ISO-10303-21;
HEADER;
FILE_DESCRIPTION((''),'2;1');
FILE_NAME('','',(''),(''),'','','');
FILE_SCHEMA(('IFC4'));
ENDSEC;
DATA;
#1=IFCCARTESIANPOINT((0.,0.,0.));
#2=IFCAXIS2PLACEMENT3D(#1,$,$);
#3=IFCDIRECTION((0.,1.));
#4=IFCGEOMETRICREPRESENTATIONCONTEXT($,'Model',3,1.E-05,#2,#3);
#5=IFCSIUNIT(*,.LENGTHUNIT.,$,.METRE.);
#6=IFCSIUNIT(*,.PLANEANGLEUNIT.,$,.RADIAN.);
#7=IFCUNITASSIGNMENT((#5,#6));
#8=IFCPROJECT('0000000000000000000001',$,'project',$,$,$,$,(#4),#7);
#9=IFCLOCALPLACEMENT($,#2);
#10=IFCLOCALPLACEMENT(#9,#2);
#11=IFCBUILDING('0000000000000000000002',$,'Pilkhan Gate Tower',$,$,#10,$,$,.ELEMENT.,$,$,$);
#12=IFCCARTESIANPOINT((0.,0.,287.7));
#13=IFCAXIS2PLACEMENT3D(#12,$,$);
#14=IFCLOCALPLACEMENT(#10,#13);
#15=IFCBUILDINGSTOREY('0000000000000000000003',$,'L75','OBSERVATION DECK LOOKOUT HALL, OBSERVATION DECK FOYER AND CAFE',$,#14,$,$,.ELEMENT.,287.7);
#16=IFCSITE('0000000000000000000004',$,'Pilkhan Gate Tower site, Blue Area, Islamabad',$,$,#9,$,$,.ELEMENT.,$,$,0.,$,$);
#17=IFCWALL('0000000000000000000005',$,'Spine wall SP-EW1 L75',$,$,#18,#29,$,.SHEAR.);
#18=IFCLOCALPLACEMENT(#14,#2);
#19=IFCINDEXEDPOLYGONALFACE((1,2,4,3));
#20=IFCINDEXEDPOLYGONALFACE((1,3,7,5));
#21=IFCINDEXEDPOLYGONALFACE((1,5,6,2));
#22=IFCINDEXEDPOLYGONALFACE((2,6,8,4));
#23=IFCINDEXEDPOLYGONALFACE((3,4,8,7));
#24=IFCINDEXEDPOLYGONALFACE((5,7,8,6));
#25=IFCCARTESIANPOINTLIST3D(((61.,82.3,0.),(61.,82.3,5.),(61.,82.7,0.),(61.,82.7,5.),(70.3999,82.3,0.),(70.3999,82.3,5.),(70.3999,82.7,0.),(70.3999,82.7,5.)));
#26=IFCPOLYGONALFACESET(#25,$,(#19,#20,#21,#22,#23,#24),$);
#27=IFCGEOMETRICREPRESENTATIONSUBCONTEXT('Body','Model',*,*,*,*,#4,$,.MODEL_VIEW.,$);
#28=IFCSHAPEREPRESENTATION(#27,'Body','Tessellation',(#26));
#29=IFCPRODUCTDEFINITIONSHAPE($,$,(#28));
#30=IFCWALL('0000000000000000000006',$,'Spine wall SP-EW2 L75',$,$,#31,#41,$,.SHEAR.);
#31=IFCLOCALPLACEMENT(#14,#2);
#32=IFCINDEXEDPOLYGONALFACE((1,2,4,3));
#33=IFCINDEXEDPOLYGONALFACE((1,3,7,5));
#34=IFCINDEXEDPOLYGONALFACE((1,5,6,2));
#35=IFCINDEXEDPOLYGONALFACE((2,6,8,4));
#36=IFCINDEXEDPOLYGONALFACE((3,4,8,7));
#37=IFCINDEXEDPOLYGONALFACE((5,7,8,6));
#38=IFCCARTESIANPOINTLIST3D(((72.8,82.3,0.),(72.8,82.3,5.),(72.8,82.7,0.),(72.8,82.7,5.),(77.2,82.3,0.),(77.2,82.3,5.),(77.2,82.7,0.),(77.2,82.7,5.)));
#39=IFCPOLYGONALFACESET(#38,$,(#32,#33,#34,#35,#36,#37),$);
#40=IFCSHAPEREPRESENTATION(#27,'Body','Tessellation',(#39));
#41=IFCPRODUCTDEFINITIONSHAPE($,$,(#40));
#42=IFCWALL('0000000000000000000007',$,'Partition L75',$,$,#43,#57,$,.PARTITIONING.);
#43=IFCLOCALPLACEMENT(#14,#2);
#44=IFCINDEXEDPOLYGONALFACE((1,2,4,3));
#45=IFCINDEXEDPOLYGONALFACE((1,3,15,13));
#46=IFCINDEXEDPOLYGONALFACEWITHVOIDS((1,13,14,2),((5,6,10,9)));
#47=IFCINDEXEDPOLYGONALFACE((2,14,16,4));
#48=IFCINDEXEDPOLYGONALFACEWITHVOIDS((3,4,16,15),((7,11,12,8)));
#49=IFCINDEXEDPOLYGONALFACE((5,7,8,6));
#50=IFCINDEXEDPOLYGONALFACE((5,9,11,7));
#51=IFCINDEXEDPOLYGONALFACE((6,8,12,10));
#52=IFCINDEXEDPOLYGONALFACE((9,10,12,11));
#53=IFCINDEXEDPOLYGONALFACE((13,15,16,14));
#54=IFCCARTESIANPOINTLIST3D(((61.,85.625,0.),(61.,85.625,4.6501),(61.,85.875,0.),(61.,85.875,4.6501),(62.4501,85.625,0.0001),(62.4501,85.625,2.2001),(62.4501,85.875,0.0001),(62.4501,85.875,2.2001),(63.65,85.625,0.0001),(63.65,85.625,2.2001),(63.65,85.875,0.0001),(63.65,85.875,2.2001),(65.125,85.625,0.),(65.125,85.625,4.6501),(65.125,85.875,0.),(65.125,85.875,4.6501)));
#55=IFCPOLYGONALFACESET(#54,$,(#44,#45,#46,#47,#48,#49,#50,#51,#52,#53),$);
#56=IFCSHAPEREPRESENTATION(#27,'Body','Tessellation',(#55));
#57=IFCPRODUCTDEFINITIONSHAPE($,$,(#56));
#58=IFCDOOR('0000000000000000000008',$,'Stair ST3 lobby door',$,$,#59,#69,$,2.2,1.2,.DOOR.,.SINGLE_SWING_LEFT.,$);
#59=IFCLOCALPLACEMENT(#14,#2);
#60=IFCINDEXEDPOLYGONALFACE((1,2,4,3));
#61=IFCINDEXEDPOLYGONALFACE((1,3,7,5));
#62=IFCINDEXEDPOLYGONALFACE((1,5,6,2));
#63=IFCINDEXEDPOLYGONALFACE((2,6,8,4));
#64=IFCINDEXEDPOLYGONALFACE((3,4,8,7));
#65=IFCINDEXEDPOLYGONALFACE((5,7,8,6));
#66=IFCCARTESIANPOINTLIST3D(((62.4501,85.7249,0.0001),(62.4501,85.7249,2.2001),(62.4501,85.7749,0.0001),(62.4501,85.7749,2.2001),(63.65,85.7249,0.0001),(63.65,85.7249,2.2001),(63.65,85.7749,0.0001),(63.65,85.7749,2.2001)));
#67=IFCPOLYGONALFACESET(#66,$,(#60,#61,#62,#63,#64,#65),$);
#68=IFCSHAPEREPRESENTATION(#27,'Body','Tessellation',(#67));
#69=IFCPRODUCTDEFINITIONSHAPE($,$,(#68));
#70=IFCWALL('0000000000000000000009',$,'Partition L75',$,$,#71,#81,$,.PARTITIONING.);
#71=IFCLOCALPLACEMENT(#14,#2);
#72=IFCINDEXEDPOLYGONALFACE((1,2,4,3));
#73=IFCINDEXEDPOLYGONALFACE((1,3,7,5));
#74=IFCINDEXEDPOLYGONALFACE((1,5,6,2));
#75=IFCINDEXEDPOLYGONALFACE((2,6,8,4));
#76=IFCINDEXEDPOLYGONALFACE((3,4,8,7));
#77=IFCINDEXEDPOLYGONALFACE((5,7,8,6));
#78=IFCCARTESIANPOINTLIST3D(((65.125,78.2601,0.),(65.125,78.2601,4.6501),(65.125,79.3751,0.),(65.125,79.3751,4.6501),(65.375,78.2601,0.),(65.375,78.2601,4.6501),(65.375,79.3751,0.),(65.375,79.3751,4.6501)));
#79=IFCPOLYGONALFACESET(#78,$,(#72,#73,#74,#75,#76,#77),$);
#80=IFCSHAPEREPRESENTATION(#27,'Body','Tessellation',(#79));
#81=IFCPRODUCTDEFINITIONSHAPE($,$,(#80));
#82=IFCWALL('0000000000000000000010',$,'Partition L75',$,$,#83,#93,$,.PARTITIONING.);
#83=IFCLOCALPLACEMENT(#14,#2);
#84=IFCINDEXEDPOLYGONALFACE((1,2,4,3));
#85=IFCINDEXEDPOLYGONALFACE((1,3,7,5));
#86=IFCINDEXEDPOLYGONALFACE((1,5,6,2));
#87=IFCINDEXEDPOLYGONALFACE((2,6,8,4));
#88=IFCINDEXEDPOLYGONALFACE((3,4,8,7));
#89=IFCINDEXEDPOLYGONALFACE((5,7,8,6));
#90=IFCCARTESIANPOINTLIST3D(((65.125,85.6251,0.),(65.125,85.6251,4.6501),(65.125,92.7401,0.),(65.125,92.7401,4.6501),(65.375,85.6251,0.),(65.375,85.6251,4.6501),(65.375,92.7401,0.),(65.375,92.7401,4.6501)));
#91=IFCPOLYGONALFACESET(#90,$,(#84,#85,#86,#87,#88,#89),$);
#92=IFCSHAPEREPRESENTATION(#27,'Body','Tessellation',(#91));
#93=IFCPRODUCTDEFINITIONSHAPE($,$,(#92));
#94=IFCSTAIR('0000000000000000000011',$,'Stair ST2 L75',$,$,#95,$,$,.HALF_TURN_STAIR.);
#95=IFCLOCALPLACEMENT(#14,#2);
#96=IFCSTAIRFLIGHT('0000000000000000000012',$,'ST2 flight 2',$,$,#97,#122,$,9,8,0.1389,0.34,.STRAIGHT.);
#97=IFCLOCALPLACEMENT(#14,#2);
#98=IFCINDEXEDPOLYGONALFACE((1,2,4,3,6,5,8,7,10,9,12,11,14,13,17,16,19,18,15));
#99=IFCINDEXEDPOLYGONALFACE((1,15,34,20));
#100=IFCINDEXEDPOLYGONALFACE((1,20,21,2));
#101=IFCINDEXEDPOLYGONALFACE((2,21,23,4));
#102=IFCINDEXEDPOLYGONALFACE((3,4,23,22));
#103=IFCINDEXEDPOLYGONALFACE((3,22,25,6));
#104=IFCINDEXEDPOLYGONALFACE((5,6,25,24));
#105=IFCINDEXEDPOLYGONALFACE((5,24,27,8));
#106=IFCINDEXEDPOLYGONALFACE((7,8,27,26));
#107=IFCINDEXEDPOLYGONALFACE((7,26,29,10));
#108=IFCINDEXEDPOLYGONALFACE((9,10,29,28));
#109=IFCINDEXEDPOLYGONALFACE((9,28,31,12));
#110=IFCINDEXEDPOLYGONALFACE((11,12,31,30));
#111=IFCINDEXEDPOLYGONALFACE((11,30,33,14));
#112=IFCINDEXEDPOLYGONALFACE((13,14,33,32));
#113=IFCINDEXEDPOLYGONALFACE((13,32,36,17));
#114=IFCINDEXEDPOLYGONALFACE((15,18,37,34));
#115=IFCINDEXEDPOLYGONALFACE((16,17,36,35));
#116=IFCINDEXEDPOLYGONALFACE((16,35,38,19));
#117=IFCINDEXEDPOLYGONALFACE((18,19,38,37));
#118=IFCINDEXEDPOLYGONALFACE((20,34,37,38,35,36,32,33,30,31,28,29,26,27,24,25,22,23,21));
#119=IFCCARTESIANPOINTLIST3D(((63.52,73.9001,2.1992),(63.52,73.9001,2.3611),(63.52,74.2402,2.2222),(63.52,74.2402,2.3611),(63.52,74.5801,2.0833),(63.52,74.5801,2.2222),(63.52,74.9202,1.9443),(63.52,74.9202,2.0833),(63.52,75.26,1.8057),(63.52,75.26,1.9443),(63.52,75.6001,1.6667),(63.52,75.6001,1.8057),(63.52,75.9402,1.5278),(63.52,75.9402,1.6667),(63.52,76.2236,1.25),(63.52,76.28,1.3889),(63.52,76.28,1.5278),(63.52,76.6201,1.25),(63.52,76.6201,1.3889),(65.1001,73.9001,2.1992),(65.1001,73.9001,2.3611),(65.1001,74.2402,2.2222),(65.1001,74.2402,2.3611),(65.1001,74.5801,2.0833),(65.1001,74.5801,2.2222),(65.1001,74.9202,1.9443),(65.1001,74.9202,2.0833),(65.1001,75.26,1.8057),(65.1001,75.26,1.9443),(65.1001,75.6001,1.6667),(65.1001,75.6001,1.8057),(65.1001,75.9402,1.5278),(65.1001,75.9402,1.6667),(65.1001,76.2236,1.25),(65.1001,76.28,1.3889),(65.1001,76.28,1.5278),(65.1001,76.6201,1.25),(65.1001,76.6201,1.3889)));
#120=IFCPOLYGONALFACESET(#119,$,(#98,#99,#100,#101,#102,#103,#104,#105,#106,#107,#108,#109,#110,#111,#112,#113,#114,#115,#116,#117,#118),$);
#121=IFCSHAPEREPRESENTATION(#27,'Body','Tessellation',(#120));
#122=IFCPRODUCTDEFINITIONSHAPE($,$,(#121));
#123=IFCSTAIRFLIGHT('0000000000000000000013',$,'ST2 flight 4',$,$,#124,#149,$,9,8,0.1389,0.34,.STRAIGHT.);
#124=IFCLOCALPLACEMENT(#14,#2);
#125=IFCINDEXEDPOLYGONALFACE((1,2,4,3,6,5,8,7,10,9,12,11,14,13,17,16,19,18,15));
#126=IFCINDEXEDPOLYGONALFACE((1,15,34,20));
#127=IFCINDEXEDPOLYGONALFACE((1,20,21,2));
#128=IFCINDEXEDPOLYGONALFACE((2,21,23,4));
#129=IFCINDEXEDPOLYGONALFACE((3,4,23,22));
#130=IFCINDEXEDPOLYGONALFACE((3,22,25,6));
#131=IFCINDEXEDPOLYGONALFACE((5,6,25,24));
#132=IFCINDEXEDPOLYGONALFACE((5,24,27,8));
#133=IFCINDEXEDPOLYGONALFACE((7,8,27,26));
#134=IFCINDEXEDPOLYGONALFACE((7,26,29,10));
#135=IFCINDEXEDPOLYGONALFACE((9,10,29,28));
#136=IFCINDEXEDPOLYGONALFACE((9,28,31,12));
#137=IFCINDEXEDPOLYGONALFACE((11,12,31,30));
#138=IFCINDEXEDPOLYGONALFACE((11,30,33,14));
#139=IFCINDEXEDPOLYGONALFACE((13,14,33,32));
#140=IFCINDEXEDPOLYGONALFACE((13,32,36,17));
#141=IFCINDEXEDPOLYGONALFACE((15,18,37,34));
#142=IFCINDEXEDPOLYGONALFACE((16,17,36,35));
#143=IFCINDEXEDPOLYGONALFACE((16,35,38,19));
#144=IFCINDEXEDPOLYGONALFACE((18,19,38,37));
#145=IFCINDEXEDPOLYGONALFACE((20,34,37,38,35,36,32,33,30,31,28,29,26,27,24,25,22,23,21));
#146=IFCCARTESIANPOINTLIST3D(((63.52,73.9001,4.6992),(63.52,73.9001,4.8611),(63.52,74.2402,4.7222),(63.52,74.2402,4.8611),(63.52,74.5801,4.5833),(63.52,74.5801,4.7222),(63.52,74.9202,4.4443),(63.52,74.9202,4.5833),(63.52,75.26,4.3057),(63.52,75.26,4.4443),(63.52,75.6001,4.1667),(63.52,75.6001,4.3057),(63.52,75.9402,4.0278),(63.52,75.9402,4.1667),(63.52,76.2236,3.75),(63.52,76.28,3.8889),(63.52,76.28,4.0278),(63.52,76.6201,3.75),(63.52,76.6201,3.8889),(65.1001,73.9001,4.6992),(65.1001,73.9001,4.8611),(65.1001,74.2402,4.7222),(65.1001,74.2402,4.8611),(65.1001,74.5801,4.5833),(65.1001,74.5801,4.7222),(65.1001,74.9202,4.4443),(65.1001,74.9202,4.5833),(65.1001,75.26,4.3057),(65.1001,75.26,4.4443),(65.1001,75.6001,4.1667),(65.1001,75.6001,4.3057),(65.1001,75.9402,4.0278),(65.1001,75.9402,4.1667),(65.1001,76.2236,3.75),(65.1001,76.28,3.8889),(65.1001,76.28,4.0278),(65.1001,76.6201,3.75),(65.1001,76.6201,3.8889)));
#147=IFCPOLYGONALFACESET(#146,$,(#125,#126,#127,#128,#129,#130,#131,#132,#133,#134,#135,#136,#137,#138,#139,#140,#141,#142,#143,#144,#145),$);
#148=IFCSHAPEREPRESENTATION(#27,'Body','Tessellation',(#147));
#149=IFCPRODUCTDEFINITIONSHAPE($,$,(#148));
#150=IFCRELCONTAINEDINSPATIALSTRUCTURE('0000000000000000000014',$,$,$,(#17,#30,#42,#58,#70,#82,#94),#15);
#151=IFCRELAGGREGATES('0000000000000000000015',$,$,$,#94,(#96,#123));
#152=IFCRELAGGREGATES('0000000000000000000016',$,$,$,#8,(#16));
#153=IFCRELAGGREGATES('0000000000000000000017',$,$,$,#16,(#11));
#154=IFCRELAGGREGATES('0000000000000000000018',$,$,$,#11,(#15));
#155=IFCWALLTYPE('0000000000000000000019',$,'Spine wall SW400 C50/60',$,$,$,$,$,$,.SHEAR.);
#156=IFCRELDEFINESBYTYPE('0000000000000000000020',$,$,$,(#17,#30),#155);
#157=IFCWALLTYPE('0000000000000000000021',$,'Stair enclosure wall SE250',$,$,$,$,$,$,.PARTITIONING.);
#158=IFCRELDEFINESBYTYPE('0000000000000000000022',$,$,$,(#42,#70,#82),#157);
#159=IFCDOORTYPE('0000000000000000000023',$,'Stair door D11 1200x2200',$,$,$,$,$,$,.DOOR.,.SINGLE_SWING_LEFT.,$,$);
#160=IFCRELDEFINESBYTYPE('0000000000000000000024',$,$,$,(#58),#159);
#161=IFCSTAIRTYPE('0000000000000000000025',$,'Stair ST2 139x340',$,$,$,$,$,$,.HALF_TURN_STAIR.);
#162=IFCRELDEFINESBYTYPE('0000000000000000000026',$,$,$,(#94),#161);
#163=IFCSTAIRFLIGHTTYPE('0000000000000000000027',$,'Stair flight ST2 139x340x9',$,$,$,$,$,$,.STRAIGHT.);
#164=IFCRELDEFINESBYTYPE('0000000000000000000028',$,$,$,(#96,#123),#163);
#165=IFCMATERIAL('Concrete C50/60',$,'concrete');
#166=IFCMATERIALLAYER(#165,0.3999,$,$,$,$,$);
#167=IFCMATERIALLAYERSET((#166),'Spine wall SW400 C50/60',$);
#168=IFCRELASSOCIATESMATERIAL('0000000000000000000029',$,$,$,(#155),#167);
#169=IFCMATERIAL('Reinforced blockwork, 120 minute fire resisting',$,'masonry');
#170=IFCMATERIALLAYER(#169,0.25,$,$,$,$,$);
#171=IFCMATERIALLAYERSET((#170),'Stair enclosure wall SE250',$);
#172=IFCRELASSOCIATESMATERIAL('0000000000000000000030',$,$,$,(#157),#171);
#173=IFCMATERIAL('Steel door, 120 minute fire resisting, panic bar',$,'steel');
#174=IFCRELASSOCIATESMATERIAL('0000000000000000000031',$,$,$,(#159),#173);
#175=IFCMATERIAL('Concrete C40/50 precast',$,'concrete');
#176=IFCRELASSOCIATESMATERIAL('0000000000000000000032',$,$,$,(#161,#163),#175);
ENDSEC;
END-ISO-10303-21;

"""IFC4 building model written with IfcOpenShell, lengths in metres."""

from ifc_helpers import new_model, si_unit, direction, frame, frame_2d, origin, place, context, subcontext, project, spatial, polyline, rectangle, outline, extrude, material, layer, layer_set, type_object, element, fill, aggregate, save


model = new_model("IFC4")

# Units and contexts
model_context = context("Model", 3, precision=1e-05, world=origin(), true_north=direction((0.0, 1.0)))
body_context = subcontext(model_context, "Body", "Model", "MODEL_VIEW")
ifc_project = project(units=[si_unit("LENGTHUNIT", "METRE"), si_unit("PLANEANGLEUNIT", "RADIAN")], contexts=[model_context])

# Site, building, storey
site_placement = place(None, origin())
site = spatial("IfcSite", under=ifc_project, at=site_placement, Name="Pilkhan Gate Tower site, Blue Area, Islamabad", CompositionType="ELEMENT", RefElevation=0.0)
building_placement = place(site_placement, origin())
building = spatial("IfcBuilding", under=site, at=building_placement, Name="Pilkhan Gate Tower", CompositionType="ELEMENT")
storey_placement = place(building_placement, frame((0.0, 0.0, 287.7)))
storey = spatial("IfcBuildingStorey", under=building, at=storey_placement, Name="L75", Description="OBSERVATION DECK LOOKOUT HALL, OBSERVATION DECK FOYER AND CAFE", CompositionType="ELEMENT", Elevation=287.7)

# Shared definitions
ifc_material_1 = material(Name="Concrete C50/60", Category="concrete")

# Walls
ifc_layer_1 = layer(ifc_material_1, 0.3999)
ifc_layer_set_1 = layer_set([ifc_layer_1], Name="Spine wall SW400 C50/60")
wall_type_1 = type_object("IfcWallType", Name="Spine wall SW400 C50/60", PredefinedType="SHEAR", material=ifc_layer_set_1)
wall_1_placement = place(storey_placement, frame((61.0, 82.5, 0.0), z_axis=(0.0, 0.0, 1.0), x_axis=(1.0, 0.0, 0.0)))
element("IfcWall", 1, at=wall_1_placement, inside=storey, type_object=wall_type_1, Name="Spine wall SP-EW1 L75", PredefinedType="SHEAR", context=body_context, shape_type="SweptSolid", body=[
    extrude(rectangle(XDim=9.3999, YDim=0.3999, at=frame_2d((4.7, 0.0))), origin(), (0.0, 0.0, 1.0), 5.0),
])
wall_2_placement = place(storey_placement, frame((72.8, 82.5, 0.0), z_axis=(0.0, 0.0, 1.0), x_axis=(1.0, 0.0, 0.0)))
element("IfcWall", 2, at=wall_2_placement, inside=storey, type_object=wall_type_1, Name="Spine wall SP-EW2 L75", PredefinedType="SHEAR", context=body_context, shape_type="SweptSolid", body=[
    extrude(rectangle(XDim=4.3999, YDim=0.3999, at=frame_2d((2.2, 0.0))), origin(), (0.0, 0.0, 1.0), 5.0),
])

# Wall, opening, door
ifc_material_2 = material(Name="Reinforced blockwork, 120 minute fire resisting", Category="masonry")
ifc_layer_2 = layer(ifc_material_2, 0.25)
ifc_layer_set_2 = layer_set([ifc_layer_2], Name="Stair enclosure wall SE250")
wall_type_2 = type_object("IfcWallType", Name="Stair enclosure wall SE250", PredefinedType="PARTITIONING", material=ifc_layer_set_2)
wall_3_placement = place(storey_placement, frame((61.0, 85.75, 0.0), z_axis=(0.0, 0.0, 1.0), x_axis=(1.0, 0.0, 0.0)))
wall_3 = element("IfcWall", 3, at=wall_3_placement, inside=storey, type_object=wall_type_2, Name="Partition L75", PredefinedType="PARTITIONING", context=body_context, shape_type="SweptSolid", body=[
    extrude(rectangle(XDim=4.125, YDim=0.25, at=frame_2d((2.0625, 0.0))), origin(), (0.0, 0.0, 1.0), 4.6501),
])
opening_1_placement = place(wall_3_placement, frame((1.45, 0.0, 0.0)))
opening_1 = element("IfcOpeningElement", 4, at=opening_1_placement, cuts=wall_3, PredefinedType="OPENING", context=body_context, shape_type="SweptSolid", body=[
    extrude(rectangle(XDim=1.2, YDim=2.2, at=frame_2d((0.6001, 1.1001))), frame((0.0, 0.135, 0.0), z_axis=(0.0, -1.0, 0.0), x_axis=(1.0, 0.0, 0.0)), (0.0, 0.0, 1.0), 0.27),
])
ifc_material_3 = material(Name="Steel door, 120 minute fire resisting, panic bar", Category="steel")
door_type_1 = type_object("IfcDoorType", Name="Stair door D11 1200x2200", OperationType="SINGLE_SWING_LEFT", PredefinedType="DOOR", material=ifc_material_3)
door_1_placement = place(opening_1_placement, origin())
door_1 = element("IfcDoor", 5, at=door_1_placement, inside=storey, type_object=door_type_1, Name="Stair ST3 lobby door", OperationType="SINGLE_SWING_LEFT", OverallHeight=2.2, OverallWidth=1.2, PredefinedType="DOOR", context=body_context, shape_type="SweptSolid", body=[
    extrude(rectangle(XDim=1.2, YDim=2.2, at=frame_2d((0.6001, 1.1001))), frame((0.0, 0.0249, 0.0), z_axis=(0.0, -1.0, 0.0), x_axis=(1.0, 0.0, 0.0)), (0.0, 0.0, 1.0), 0.05),
])
fill(opening_1, door_1)

# Walls
wall_4_placement = place(storey_placement, frame((65.25, 78.26, 0.0), z_axis=(0.0, 0.0, 1.0), x_axis=(0.0, 1.0, 0.0)))
element("IfcWall", 6, at=wall_4_placement, inside=storey, type_object=wall_type_2, Name="Partition L75", PredefinedType="PARTITIONING", context=body_context, shape_type="SweptSolid", body=[
    extrude(rectangle(XDim=1.115, YDim=0.25, at=frame_2d((0.5576, 0.0))), origin(), (0.0, 0.0, 1.0), 4.6501),
])
wall_5_placement = place(storey_placement, frame((65.25, 85.625, 0.0), z_axis=(0.0, 0.0, 1.0), x_axis=(0.0, 1.0, 0.0)))
element("IfcWall", 7, at=wall_5_placement, inside=storey, type_object=wall_type_2, Name="Partition L75", PredefinedType="PARTITIONING", context=body_context, shape_type="SweptSolid", body=[
    extrude(rectangle(XDim=7.115, YDim=0.25, at=frame_2d((3.5576, 0.0))), origin(), (0.0, 0.0, 1.0), 4.6501),
])

# Stair, stair flights
ifc_material_4 = material(Name="Concrete C40/50 precast", Category="concrete")
stair_type = type_object("IfcStairType", Name="Stair ST2 139x340", PredefinedType="HALF_TURN_STAIR", material=ifc_material_4)
stair_placement = place(storey_placement, origin())
stair = element("IfcStair", 8, at=stair_placement, inside=storey, type_object=stair_type, Name="Stair ST2 L75", PredefinedType="HALF_TURN_STAIR")
stair_flight_type = type_object("IfcStairFlightType", Name="Stair flight ST2 139x340x9", PredefinedType="STRAIGHT", material=ifc_material_4)
stair_flight_1_placement = place(storey_placement, frame((64.3101, 76.6201, 1.25), z_axis=(0.0, 0.0, 1.0), x_axis=(0.0, -1.0, 0.0)))
stair_flight_1 = element("IfcStairFlight", 9, at=stair_flight_1_placement, type_object=stair_flight_type, Name="ST2 flight 2", NumberOfRisers=9, NumberOfTreads=8, PredefinedType="STRAIGHT", RiserHeight=0.1389, TreadLength=0.34, context=body_context, shape_type="SweptSolid", body=[
    extrude(outline(polyline([(0.0, 0.0), (0.0, 0.1389), (0.3401, 0.1389), (0.3401, 0.2778), (0.6799, 0.2778), (0.6799, 0.4167), (1.02, 0.4167), (1.02, 0.5557), (1.3601, 0.5557), (1.3601, 0.6943), (1.7, 0.6943), (1.7, 0.8333), (2.04, 0.8333), (2.04, 0.9722), (2.3799, 0.9722), (2.3799, 1.1111), (2.72, 1.1111), (2.72, 1.25), (2.72, 0.9492), (0.3965, 0.0), (0.0, 0.0)])), frame((0.0, 0.79, 0.0), z_axis=(0.0, -1.0, 0.0), x_axis=(1.0, 0.0, 0.0)), (0.0, 0.0, 1.0), 1.5801),
])
stair_flight_2_placement = place(storey_placement, frame((64.3101, 76.6201, 3.75), z_axis=(0.0, 0.0, 1.0), x_axis=(0.0, -1.0, 0.0)))
stair_flight_2 = element("IfcStairFlight", 10, at=stair_flight_2_placement, type_object=stair_flight_type, Name="ST2 flight 4", NumberOfRisers=9, NumberOfTreads=8, PredefinedType="STRAIGHT", RiserHeight=0.1389, TreadLength=0.34, context=body_context, shape_type="SweptSolid", body=[
    extrude(outline(polyline([(0.0, 0.0), (0.0, 0.1389), (0.3401, 0.1389), (0.3401, 0.2778), (0.6799, 0.2778), (0.6799, 0.4167), (1.02, 0.4167), (1.02, 0.5557), (1.3601, 0.5557), (1.3601, 0.6943), (1.7, 0.6943), (1.7, 0.8333), (2.04, 0.8333), (2.04, 0.9722), (2.3799, 0.9722), (2.3799, 1.1111), (2.72, 1.1111), (2.72, 1.25), (2.72, 0.9492), (0.3965, 0.0), (0.0, 0.0)])), frame((0.0, 0.79, 0.0), z_axis=(0.0, -1.0, 0.0), x_axis=(1.0, 0.0, 0.0)), (0.0, 0.0, 1.0), 1.5801),
])
aggregate(stair, [stair_flight_1, stair_flight_2])

save(model, "model.ifc")
